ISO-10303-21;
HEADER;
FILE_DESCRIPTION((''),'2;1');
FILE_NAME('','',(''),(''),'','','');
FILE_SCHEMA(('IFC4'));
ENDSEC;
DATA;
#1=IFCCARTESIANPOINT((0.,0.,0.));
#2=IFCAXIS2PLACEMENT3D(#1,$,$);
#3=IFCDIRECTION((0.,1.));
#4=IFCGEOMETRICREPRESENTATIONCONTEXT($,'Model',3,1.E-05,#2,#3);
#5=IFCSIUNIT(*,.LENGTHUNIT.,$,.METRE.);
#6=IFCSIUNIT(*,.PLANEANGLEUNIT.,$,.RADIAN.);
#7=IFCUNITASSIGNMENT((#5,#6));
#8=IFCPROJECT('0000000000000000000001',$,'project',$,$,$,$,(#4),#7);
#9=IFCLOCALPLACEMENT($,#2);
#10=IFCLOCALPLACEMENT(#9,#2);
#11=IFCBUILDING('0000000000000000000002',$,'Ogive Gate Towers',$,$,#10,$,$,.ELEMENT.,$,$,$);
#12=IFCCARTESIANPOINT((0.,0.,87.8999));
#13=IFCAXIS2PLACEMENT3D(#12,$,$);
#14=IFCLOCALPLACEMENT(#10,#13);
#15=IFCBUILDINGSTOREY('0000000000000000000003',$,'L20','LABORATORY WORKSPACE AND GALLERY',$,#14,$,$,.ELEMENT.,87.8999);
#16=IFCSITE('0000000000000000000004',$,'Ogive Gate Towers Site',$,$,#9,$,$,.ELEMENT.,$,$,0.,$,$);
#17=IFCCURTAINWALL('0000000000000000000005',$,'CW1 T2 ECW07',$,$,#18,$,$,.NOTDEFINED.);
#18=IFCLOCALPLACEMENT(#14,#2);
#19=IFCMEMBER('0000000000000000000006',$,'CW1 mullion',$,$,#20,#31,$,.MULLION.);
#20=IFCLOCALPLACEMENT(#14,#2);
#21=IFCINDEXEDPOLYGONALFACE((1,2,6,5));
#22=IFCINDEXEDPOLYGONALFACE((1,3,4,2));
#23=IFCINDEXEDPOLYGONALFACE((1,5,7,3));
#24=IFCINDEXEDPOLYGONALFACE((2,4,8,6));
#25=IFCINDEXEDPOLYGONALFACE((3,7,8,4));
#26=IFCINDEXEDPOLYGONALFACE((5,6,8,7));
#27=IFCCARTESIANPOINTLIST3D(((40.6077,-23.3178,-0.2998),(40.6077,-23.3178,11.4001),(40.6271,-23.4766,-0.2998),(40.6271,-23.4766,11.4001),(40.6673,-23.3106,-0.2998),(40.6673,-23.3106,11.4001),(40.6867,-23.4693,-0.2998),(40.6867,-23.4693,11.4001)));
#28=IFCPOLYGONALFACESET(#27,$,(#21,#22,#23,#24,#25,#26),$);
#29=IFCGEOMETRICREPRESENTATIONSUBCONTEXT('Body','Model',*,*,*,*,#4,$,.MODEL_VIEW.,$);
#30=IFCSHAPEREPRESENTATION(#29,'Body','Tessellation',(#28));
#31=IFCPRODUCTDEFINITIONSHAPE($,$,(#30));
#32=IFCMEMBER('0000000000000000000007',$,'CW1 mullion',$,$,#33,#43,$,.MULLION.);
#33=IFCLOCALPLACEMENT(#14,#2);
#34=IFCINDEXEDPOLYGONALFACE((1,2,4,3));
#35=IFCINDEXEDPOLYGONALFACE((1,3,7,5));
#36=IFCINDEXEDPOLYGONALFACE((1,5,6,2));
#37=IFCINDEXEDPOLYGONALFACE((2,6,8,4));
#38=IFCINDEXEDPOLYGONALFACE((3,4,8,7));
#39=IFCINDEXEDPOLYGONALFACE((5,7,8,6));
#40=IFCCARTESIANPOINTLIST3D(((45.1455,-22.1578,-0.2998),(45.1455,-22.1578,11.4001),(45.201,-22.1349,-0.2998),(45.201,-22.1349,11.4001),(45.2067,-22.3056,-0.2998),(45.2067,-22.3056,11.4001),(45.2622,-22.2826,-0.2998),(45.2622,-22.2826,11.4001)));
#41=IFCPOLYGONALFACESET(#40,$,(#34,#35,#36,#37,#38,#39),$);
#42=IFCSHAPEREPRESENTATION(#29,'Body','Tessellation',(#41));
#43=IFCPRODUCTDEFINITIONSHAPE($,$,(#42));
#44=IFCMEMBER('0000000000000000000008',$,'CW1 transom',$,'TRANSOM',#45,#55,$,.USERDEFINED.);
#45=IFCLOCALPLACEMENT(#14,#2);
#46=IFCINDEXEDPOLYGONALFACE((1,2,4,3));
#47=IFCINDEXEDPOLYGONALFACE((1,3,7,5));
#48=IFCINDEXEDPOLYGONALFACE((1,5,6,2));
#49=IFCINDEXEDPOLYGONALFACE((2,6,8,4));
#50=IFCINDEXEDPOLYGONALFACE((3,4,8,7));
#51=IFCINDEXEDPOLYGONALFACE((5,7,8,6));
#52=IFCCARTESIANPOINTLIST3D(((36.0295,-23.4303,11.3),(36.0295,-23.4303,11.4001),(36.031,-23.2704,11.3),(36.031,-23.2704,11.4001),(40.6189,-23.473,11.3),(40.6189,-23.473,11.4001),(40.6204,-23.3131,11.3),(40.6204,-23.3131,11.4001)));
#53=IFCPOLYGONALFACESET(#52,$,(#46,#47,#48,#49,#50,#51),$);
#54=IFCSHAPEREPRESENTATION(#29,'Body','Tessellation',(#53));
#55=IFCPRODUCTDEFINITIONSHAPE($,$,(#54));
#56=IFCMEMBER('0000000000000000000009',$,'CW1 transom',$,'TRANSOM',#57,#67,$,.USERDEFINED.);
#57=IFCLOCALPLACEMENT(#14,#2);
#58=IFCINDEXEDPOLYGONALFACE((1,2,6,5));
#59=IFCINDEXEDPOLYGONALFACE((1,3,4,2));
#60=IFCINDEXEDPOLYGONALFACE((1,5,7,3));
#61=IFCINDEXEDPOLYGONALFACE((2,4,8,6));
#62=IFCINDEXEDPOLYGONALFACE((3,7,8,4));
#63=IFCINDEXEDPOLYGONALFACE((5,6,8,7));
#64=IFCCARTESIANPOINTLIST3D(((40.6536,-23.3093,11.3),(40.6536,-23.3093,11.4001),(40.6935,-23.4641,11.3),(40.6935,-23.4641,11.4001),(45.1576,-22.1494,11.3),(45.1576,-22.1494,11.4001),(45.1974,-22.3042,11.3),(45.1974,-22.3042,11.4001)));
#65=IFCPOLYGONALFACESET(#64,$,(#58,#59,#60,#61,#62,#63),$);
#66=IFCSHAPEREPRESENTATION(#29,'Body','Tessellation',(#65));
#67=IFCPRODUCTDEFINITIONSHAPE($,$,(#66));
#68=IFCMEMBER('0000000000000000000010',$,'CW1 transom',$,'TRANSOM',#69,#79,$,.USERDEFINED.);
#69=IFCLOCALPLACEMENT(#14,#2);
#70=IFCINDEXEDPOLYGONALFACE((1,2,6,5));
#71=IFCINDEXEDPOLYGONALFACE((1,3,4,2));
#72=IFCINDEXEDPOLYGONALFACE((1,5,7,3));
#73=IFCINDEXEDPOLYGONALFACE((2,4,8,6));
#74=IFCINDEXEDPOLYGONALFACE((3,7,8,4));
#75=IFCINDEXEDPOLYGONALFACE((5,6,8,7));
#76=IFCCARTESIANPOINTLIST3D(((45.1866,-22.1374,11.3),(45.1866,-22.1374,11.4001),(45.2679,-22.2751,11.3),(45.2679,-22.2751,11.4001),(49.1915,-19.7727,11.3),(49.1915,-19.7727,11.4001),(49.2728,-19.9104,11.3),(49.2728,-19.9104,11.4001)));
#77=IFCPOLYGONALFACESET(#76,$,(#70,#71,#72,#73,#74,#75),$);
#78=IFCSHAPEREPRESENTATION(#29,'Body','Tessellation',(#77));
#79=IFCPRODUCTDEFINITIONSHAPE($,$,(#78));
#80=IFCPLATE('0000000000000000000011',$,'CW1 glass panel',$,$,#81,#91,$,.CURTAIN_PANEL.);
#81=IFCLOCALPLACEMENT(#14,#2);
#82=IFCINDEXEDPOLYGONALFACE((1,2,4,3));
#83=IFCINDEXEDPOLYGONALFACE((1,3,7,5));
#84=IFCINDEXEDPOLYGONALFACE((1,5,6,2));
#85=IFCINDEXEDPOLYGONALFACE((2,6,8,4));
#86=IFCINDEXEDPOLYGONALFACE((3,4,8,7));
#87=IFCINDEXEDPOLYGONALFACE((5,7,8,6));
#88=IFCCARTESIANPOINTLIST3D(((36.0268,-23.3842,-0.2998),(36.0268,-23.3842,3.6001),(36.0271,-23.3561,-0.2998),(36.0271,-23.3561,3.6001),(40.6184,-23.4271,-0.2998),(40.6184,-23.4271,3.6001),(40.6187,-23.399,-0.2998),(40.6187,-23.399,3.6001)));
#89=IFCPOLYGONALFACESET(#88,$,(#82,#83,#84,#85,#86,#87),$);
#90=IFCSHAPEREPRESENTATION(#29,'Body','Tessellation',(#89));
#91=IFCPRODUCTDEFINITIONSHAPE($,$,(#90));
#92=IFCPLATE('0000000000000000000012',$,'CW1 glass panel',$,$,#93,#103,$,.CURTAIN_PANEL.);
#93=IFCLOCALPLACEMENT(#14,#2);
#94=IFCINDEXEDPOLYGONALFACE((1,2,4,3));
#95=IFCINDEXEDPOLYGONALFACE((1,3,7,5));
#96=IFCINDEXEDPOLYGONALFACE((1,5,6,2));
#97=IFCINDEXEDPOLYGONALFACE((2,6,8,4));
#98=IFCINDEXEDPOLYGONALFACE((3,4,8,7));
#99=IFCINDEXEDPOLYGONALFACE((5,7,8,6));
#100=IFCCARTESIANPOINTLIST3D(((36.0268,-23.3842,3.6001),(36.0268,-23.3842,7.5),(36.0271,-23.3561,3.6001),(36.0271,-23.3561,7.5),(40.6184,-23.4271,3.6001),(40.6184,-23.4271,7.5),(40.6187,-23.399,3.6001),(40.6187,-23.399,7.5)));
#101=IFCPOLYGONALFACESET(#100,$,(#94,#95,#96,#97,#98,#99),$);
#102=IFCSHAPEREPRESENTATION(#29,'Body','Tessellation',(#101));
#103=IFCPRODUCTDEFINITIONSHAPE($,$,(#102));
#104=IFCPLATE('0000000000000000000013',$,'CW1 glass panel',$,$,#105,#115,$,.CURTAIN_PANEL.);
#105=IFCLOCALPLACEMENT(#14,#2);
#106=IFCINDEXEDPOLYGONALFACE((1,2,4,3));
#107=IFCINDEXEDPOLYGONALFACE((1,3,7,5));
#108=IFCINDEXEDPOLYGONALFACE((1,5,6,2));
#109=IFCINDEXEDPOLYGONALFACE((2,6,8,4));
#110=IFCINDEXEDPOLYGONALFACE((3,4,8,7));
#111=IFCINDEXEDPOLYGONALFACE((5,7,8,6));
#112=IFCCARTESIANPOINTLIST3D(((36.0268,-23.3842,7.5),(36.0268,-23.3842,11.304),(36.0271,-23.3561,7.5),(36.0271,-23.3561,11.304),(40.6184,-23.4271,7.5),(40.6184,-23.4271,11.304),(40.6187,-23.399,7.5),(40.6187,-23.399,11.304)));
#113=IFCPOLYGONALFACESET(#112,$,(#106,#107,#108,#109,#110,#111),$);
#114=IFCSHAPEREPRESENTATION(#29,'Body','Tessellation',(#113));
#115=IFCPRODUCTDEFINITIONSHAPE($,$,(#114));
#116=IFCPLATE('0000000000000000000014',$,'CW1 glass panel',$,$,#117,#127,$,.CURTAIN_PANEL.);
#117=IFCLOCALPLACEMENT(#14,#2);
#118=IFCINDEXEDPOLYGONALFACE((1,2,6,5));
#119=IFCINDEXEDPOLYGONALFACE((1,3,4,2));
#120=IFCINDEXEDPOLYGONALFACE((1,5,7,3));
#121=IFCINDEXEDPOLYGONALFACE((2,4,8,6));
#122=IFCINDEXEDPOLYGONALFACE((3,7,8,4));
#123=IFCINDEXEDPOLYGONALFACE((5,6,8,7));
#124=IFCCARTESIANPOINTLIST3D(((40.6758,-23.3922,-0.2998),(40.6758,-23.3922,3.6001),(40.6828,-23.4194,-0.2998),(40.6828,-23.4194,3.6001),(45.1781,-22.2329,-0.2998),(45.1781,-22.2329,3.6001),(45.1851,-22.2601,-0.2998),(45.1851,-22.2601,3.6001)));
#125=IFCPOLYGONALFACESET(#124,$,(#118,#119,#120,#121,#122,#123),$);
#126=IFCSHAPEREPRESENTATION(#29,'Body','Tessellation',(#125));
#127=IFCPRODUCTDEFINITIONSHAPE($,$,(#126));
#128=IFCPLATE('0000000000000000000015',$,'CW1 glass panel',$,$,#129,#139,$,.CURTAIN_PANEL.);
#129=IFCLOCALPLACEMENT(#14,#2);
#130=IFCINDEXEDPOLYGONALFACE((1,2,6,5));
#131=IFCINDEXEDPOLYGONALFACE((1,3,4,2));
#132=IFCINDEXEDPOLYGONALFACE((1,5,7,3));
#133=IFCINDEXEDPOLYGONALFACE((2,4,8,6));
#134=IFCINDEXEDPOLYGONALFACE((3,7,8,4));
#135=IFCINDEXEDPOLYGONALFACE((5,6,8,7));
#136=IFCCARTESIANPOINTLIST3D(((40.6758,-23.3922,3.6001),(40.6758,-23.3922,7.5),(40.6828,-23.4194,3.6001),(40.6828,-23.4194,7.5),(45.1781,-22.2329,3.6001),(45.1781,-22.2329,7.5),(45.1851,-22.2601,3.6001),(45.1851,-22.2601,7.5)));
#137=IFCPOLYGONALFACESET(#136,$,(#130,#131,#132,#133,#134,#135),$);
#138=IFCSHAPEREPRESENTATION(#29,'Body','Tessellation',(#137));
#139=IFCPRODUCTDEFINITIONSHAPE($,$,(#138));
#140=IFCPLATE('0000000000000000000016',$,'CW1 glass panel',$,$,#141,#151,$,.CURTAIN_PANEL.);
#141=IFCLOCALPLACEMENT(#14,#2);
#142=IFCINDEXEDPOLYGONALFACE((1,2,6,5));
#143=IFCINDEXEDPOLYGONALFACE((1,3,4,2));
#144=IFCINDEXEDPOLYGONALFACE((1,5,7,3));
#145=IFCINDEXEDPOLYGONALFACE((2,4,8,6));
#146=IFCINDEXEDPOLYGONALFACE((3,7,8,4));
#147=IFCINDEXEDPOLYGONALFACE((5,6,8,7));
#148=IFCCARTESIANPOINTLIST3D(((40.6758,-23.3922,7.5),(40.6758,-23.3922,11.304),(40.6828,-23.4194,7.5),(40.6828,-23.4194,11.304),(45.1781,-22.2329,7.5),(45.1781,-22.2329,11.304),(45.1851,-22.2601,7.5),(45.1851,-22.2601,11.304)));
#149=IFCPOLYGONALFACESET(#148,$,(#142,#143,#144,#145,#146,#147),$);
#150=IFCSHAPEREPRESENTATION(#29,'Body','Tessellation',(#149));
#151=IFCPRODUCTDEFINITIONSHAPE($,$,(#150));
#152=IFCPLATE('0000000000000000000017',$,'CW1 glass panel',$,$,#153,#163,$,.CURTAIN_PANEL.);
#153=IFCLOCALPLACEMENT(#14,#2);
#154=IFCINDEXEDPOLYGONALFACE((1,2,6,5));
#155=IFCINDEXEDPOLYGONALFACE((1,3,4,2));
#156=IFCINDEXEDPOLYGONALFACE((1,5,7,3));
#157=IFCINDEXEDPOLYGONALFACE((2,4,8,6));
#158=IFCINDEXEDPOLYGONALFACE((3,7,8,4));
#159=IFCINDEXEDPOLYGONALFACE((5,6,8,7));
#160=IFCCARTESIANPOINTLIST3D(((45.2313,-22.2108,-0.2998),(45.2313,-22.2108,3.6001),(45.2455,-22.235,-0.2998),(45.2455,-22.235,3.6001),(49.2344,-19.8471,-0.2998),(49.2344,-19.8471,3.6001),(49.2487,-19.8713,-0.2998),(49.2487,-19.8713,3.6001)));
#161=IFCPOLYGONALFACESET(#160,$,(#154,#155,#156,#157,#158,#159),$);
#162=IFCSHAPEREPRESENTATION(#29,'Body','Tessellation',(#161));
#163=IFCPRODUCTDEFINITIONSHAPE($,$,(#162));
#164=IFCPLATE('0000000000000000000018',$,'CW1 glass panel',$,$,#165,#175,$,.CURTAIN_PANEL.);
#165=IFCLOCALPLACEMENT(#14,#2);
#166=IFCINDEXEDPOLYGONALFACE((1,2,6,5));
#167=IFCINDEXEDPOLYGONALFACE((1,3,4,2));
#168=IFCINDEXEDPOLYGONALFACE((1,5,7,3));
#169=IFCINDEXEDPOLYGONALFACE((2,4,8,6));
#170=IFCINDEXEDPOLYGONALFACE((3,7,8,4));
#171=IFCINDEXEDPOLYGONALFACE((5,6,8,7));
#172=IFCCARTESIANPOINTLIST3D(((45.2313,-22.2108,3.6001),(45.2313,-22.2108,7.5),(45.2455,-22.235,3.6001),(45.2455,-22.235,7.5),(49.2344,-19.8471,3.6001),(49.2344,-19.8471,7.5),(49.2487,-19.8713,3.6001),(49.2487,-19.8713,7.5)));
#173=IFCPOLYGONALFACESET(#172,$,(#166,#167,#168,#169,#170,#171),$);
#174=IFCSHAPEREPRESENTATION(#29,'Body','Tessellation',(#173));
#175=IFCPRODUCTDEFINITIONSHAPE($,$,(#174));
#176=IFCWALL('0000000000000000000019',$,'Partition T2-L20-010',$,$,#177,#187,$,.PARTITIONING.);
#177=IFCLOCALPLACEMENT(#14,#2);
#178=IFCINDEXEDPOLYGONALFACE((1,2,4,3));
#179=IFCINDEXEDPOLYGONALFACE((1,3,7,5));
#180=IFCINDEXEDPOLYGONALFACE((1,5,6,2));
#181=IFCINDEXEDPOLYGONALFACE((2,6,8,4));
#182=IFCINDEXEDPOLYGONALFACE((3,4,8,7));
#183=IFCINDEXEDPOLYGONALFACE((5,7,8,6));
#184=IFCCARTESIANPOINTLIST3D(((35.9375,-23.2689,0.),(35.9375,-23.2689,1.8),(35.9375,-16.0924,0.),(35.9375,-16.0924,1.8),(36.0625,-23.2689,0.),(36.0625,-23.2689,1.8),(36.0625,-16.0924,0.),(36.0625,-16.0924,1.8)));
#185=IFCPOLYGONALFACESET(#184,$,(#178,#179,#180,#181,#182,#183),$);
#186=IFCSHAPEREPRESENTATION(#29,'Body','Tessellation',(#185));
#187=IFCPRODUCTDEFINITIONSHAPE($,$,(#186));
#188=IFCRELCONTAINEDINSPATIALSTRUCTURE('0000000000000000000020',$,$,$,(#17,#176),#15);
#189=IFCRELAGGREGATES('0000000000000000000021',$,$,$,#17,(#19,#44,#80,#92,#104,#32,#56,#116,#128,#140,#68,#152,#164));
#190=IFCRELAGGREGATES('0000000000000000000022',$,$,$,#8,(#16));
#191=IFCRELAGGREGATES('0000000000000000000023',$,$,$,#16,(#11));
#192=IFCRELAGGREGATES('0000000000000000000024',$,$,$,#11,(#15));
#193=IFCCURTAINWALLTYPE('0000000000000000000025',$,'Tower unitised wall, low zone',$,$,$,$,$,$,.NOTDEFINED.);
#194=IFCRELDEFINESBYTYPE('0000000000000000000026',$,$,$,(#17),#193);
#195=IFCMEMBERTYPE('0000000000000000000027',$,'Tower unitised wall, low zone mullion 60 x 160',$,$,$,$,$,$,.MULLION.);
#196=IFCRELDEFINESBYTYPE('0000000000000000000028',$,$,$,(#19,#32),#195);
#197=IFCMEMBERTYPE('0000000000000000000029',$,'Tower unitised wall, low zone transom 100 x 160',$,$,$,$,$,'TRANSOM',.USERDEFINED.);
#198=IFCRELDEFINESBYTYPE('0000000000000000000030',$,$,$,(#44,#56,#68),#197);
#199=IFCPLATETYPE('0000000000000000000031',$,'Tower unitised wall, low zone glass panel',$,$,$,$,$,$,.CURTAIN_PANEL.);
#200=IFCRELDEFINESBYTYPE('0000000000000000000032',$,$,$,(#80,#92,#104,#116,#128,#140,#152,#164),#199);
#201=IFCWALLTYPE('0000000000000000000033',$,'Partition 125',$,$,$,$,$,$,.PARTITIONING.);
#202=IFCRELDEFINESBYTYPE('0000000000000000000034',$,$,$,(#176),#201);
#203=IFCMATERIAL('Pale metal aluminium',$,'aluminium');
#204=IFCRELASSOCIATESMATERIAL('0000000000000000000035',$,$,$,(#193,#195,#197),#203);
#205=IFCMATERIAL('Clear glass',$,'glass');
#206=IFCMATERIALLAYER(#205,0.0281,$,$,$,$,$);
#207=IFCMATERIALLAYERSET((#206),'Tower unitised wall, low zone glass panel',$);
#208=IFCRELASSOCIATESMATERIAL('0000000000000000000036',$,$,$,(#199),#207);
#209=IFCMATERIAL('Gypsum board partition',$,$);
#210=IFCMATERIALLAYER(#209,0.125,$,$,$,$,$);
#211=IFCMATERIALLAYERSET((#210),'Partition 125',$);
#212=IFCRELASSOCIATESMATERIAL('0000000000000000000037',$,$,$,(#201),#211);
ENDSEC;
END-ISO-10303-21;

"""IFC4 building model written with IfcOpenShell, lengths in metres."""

from ifc_helpers import new_model, si_unit, direction, frame, frame_2d, origin, origin_2d, place, context, subcontext, project, spatial, rectangle, extrude, material, layer, layer_set, material_profile, profile_set, type_object, element, aggregate, save


model = new_model("IFC4")

# Units and contexts
model_context = context("Model", 3, precision=1e-05, world=origin(), true_north=direction((0.0, 1.0)))
body_context = subcontext(model_context, "Body", "Model", "MODEL_VIEW")
ifc_project = project(units=[si_unit("LENGTHUNIT", "METRE"), si_unit("PLANEANGLEUNIT", "RADIAN")], contexts=[model_context])

# Site, building, storey
site_placement = place(None, origin())
site = spatial("IfcSite", under=ifc_project, at=site_placement, Name="Ogive Gate Towers Site", CompositionType="ELEMENT", RefElevation=0.0)
building_placement = place(site_placement, origin())
building = spatial("IfcBuilding", under=site, at=building_placement, Name="Ogive Gate Towers", CompositionType="ELEMENT")
storey_placement = place(building_placement, frame((0.0, 0.0, 87.8999)))
storey = spatial("IfcBuildingStorey", under=building, at=storey_placement, Name="L20", Description="LABORATORY WORKSPACE AND GALLERY", CompositionType="ELEMENT", Elevation=87.8999)

# Curtain wall, members, plates
ifc_material_1 = material(Name="Pale metal aluminium", Category="aluminium")
curtain_wall_type = type_object("IfcCurtainWallType", Name="Tower unitised wall, low zone", PredefinedType="NOTDEFINED", material=ifc_material_1)
curtain_wall_placement = place(storey_placement, origin())
curtain_wall = element("IfcCurtainWall", 1, at=curtain_wall_placement, inside=storey, type_object=curtain_wall_type, Name="CW1 T2 ECW07", PredefinedType="NOTDEFINED")
ifc_material_profile_1 = material_profile(ifc_material_1, rectangle(XDim=0.1599, YDim=0.0601, at=origin_2d()), Name="60 x 160 aluminium box")
ifc_profile_set_1 = profile_set([ifc_material_profile_1], Name="Pale metal aluminium")
member_type_1 = type_object("IfcMemberType", Name="Tower unitised wall, low zone mullion 60 x 160", PredefinedType="MULLION", material=ifc_profile_set_1)
member_1_placement = place(storey_placement, frame((40.6472, -23.3936, -0.2998), z_axis=(0.0, 0.0, 1.0), x_axis=(0.121038, -0.992648, 0.0)))
member_1 = element("IfcMember", 2, at=member_1_placement, type_object=member_type_1, Name="CW1 mullion", PredefinedType="MULLION", context=body_context, shape_type="SweptSolid", body=[
    extrude(rectangle(XDim=0.1599, YDim=0.0601, at=origin_2d()), origin(), (0.0, 0.0, 1.0), 11.7),
])
member_2_placement = place(storey_placement, frame((45.2039, -22.2202, -0.2998), z_axis=(0.0, 0.0, 1.0), x_axis=(0.382683, -0.92388, 0.0)))
member_2 = element("IfcMember", 3, at=member_2_placement, type_object=member_type_1, Name="CW1 mullion", PredefinedType="MULLION", context=body_context, shape_type="SweptSolid", body=[
    extrude(rectangle(XDim=0.1599, YDim=0.0601, at=origin_2d()), origin(), (0.0, 0.0, 1.0), 11.7),
])
ifc_material_profile_2 = material_profile(ifc_material_1, rectangle(XDim=0.1599, YDim=0.1001, at=origin_2d()), Name="100 x 160 aluminium box")
ifc_profile_set_2 = profile_set([ifc_material_profile_2], Name="Pale metal aluminium")
member_type_2 = type_object("IfcMemberType", Name="Tower unitised wall, low zone transom 100 x 160", ElementType="TRANSOM", PredefinedType="USERDEFINED", material=ifc_profile_set_2)
member_3_placement = place(storey_placement, frame((36.0303, -23.3503, 11.3501), z_axis=(0.999957, -0.009309, 0.0), x_axis=(0.009309, 0.999957, 0.0)))
member_3 = element("IfcMember", 4, at=member_3_placement, type_object=member_type_2, Name="CW1 transom", ObjectType="TRANSOM", PredefinedType="USERDEFINED", context=body_context, shape_type="SweptSolid", body=[
    extrude(rectangle(XDim=0.1599, YDim=0.1001, at=origin_2d()), origin(), (0.0, 0.0, 1.0), 4.5896),
])
member_4_placement = place(storey_placement, frame((40.6736, -23.3867, 11.3501), z_axis=(0.968401, 0.249397, 0.0), x_axis=(-0.249397, 0.968401, 0.0)))
member_4 = element("IfcMember", 5, at=member_4_placement, type_object=member_type_2, Name="CW1 transom", ObjectType="TRANSOM", PredefinedType="USERDEFINED", context=body_context, shape_type="SweptSolid", body=[
    extrude(rectangle(XDim=0.1599, YDim=0.1001, at=origin_2d()), origin(), (0.0, 0.0, 1.0), 4.6509),
])
member_5_placement = place(storey_placement, frame((45.2273, -22.2063, 11.3501), z_axis=(0.861094, 0.508446, 0.0), x_axis=(-0.508446, 0.861094, 0.0)))
member_5 = element("IfcMember", 6, at=member_5_placement, type_object=member_type_2, Name="CW1 transom", ObjectType="TRANSOM", PredefinedType="USERDEFINED", context=body_context, shape_type="SweptSolid", body=[
    extrude(rectangle(XDim=0.1599, YDim=0.1001, at=origin_2d()), origin(), (0.0, 0.0, 1.0), 4.6509),
])
ifc_material_2 = material(Name="Clear glass", Category="glass")
ifc_layer_1 = layer(ifc_material_2, 0.0281)
ifc_layer_set_1 = layer_set([ifc_layer_1], Name="Tower unitised wall, low zone glass panel")
plate_type = type_object("IfcPlateType", Name="Tower unitised wall, low zone glass panel", PredefinedType="CURTAIN_PANEL", material=ifc_layer_set_1)
plate_1_placement = place(storey_placement, frame((38.3228, -23.3916, -0.2998), z_axis=(0.0, 0.0, 1.0), x_axis=(0.999956, -0.009337, 0.0)))
plate_1 = element("IfcPlate", 7, at=plate_1_placement, type_object=plate_type, Name="CW1 glass panel", PredefinedType="CURTAIN_PANEL", context=body_context, shape_type="SweptSolid", body=[
    extrude(rectangle(XDim=4.5918, YDim=0.0281, at=origin_2d()), origin(), (0.0, 0.0, 1.0), 3.8999),
])
plate_2_placement = place(storey_placement, frame((38.3228, -23.3916, 3.6001), z_axis=(0.0, 0.0, 1.0), x_axis=(0.999956, -0.009337, 0.0)))
plate_2 = element("IfcPlate", 8, at=plate_2_placement, type_object=plate_type, Name="CW1 glass panel", PredefinedType="CURTAIN_PANEL", context=body_context, shape_type="SweptSolid", body=[
    extrude(rectangle(XDim=4.5918, YDim=0.0281, at=origin_2d()), origin(), (0.0, 0.0, 1.0), 3.8999),
])
plate_3_placement = place(storey_placement, frame((38.3228, -23.3916, 7.5), z_axis=(0.0, 0.0, 1.0), x_axis=(0.999956, -0.009337, 0.0)))
plate_3 = element("IfcPlate", 9, at=plate_3_placement, type_object=plate_type, Name="CW1 glass panel", PredefinedType="CURTAIN_PANEL", context=body_context, shape_type="SweptSolid", body=[
    extrude(rectangle(XDim=4.5918, YDim=0.0281, at=origin_2d()), origin(), (0.0, 0.0, 1.0), 3.804),
])
plate_4_placement = place(storey_placement, frame((42.9304, -22.8262, -0.2998), z_axis=(0.0, 0.0, 1.0), x_axis=(0.968414, 0.249349, 0.0)))
plate_4 = element("IfcPlate", 10, at=plate_4_placement, type_object=plate_type, Name="CW1 glass panel", PredefinedType="CURTAIN_PANEL", context=body_context, shape_type="SweptSolid", body=[
    extrude(rectangle(XDim=4.6492, YDim=0.0281, at=origin_2d()), origin(), (0.0, 0.0, 1.0), 3.8999),
])
plate_5_placement = place(storey_placement, frame((42.9304, -22.8262, 3.6001), z_axis=(0.0, 0.0, 1.0), x_axis=(0.968414, 0.249349, 0.0)))
plate_5 = element("IfcPlate", 11, at=plate_5_placement, type_object=plate_type, Name="CW1 glass panel", PredefinedType="CURTAIN_PANEL", context=body_context, shape_type="SweptSolid", body=[
    extrude(rectangle(XDim=4.6492, YDim=0.0281, at=origin_2d()), origin(), (0.0, 0.0, 1.0), 3.8999),
])
plate_6_placement = place(storey_placement, frame((42.9304, -22.8262, 7.5), z_axis=(0.0, 0.0, 1.0), x_axis=(0.968414, 0.249349, 0.0)))
plate_6 = element("IfcPlate", 12, at=plate_6_placement, type_object=plate_type, Name="CW1 glass panel", PredefinedType="CURTAIN_PANEL", context=body_context, shape_type="SweptSolid", body=[
    extrude(rectangle(XDim=4.6492, YDim=0.0281, at=origin_2d()), origin(), (0.0, 0.0, 1.0), 3.804),
])
plate_7_placement = place(storey_placement, frame((47.24, -21.041, -0.2998), z_axis=(0.0, 0.0, 1.0), x_axis=(0.861097, 0.50844, 0.0)))
plate_7 = element("IfcPlate", 13, at=plate_7_placement, type_object=plate_type, Name="CW1 glass panel", PredefinedType="CURTAIN_PANEL", context=body_context, shape_type="SweptSolid", body=[
    extrude(rectangle(XDim=4.6489, YDim=0.0281, at=origin_2d()), origin(), (0.0, 0.0, 1.0), 3.8999),
])
plate_8_placement = place(storey_placement, frame((47.24, -21.041, 3.6001), z_axis=(0.0, 0.0, 1.0), x_axis=(0.861097, 0.50844, 0.0)))
plate_8 = element("IfcPlate", 14, at=plate_8_placement, type_object=plate_type, Name="CW1 glass panel", PredefinedType="CURTAIN_PANEL", context=body_context, shape_type="SweptSolid", body=[
    extrude(rectangle(XDim=4.6489, YDim=0.0281, at=origin_2d()), origin(), (0.0, 0.0, 1.0), 3.8999),
])
aggregate(curtain_wall, [member_1, member_3, plate_1, plate_2, plate_3, member_2, member_4, plate_4, plate_5, plate_6, member_5, plate_7, plate_8])

# Wall
ifc_material_3 = material(Name="Gypsum board partition")
ifc_layer_2 = layer(ifc_material_3, 0.125)
ifc_layer_set_2 = layer_set([ifc_layer_2], Name="Partition 125")
wall_type = type_object("IfcWallType", Name="Partition 125", PredefinedType="PARTITIONING", material=ifc_layer_set_2)
wall_1_placement = place(storey_placement, frame((36.0, -23.269, 0.0), z_axis=(0.0, 0.0, 1.0), x_axis=(0.0, 1.0, 0.0)))
element("IfcWall", 15, at=wall_1_placement, inside=storey, type_object=wall_type, Name="Partition T2-L20-010", PredefinedType="PARTITIONING", context=body_context, shape_type="SweptSolid", body=[
    extrude(rectangle(XDim=7.1765, YDim=0.125, at=frame_2d((3.5884, 0.0))), origin(), (0.0, 0.0, 1.0), 1.8),
])

save(model, "model.ifc")
